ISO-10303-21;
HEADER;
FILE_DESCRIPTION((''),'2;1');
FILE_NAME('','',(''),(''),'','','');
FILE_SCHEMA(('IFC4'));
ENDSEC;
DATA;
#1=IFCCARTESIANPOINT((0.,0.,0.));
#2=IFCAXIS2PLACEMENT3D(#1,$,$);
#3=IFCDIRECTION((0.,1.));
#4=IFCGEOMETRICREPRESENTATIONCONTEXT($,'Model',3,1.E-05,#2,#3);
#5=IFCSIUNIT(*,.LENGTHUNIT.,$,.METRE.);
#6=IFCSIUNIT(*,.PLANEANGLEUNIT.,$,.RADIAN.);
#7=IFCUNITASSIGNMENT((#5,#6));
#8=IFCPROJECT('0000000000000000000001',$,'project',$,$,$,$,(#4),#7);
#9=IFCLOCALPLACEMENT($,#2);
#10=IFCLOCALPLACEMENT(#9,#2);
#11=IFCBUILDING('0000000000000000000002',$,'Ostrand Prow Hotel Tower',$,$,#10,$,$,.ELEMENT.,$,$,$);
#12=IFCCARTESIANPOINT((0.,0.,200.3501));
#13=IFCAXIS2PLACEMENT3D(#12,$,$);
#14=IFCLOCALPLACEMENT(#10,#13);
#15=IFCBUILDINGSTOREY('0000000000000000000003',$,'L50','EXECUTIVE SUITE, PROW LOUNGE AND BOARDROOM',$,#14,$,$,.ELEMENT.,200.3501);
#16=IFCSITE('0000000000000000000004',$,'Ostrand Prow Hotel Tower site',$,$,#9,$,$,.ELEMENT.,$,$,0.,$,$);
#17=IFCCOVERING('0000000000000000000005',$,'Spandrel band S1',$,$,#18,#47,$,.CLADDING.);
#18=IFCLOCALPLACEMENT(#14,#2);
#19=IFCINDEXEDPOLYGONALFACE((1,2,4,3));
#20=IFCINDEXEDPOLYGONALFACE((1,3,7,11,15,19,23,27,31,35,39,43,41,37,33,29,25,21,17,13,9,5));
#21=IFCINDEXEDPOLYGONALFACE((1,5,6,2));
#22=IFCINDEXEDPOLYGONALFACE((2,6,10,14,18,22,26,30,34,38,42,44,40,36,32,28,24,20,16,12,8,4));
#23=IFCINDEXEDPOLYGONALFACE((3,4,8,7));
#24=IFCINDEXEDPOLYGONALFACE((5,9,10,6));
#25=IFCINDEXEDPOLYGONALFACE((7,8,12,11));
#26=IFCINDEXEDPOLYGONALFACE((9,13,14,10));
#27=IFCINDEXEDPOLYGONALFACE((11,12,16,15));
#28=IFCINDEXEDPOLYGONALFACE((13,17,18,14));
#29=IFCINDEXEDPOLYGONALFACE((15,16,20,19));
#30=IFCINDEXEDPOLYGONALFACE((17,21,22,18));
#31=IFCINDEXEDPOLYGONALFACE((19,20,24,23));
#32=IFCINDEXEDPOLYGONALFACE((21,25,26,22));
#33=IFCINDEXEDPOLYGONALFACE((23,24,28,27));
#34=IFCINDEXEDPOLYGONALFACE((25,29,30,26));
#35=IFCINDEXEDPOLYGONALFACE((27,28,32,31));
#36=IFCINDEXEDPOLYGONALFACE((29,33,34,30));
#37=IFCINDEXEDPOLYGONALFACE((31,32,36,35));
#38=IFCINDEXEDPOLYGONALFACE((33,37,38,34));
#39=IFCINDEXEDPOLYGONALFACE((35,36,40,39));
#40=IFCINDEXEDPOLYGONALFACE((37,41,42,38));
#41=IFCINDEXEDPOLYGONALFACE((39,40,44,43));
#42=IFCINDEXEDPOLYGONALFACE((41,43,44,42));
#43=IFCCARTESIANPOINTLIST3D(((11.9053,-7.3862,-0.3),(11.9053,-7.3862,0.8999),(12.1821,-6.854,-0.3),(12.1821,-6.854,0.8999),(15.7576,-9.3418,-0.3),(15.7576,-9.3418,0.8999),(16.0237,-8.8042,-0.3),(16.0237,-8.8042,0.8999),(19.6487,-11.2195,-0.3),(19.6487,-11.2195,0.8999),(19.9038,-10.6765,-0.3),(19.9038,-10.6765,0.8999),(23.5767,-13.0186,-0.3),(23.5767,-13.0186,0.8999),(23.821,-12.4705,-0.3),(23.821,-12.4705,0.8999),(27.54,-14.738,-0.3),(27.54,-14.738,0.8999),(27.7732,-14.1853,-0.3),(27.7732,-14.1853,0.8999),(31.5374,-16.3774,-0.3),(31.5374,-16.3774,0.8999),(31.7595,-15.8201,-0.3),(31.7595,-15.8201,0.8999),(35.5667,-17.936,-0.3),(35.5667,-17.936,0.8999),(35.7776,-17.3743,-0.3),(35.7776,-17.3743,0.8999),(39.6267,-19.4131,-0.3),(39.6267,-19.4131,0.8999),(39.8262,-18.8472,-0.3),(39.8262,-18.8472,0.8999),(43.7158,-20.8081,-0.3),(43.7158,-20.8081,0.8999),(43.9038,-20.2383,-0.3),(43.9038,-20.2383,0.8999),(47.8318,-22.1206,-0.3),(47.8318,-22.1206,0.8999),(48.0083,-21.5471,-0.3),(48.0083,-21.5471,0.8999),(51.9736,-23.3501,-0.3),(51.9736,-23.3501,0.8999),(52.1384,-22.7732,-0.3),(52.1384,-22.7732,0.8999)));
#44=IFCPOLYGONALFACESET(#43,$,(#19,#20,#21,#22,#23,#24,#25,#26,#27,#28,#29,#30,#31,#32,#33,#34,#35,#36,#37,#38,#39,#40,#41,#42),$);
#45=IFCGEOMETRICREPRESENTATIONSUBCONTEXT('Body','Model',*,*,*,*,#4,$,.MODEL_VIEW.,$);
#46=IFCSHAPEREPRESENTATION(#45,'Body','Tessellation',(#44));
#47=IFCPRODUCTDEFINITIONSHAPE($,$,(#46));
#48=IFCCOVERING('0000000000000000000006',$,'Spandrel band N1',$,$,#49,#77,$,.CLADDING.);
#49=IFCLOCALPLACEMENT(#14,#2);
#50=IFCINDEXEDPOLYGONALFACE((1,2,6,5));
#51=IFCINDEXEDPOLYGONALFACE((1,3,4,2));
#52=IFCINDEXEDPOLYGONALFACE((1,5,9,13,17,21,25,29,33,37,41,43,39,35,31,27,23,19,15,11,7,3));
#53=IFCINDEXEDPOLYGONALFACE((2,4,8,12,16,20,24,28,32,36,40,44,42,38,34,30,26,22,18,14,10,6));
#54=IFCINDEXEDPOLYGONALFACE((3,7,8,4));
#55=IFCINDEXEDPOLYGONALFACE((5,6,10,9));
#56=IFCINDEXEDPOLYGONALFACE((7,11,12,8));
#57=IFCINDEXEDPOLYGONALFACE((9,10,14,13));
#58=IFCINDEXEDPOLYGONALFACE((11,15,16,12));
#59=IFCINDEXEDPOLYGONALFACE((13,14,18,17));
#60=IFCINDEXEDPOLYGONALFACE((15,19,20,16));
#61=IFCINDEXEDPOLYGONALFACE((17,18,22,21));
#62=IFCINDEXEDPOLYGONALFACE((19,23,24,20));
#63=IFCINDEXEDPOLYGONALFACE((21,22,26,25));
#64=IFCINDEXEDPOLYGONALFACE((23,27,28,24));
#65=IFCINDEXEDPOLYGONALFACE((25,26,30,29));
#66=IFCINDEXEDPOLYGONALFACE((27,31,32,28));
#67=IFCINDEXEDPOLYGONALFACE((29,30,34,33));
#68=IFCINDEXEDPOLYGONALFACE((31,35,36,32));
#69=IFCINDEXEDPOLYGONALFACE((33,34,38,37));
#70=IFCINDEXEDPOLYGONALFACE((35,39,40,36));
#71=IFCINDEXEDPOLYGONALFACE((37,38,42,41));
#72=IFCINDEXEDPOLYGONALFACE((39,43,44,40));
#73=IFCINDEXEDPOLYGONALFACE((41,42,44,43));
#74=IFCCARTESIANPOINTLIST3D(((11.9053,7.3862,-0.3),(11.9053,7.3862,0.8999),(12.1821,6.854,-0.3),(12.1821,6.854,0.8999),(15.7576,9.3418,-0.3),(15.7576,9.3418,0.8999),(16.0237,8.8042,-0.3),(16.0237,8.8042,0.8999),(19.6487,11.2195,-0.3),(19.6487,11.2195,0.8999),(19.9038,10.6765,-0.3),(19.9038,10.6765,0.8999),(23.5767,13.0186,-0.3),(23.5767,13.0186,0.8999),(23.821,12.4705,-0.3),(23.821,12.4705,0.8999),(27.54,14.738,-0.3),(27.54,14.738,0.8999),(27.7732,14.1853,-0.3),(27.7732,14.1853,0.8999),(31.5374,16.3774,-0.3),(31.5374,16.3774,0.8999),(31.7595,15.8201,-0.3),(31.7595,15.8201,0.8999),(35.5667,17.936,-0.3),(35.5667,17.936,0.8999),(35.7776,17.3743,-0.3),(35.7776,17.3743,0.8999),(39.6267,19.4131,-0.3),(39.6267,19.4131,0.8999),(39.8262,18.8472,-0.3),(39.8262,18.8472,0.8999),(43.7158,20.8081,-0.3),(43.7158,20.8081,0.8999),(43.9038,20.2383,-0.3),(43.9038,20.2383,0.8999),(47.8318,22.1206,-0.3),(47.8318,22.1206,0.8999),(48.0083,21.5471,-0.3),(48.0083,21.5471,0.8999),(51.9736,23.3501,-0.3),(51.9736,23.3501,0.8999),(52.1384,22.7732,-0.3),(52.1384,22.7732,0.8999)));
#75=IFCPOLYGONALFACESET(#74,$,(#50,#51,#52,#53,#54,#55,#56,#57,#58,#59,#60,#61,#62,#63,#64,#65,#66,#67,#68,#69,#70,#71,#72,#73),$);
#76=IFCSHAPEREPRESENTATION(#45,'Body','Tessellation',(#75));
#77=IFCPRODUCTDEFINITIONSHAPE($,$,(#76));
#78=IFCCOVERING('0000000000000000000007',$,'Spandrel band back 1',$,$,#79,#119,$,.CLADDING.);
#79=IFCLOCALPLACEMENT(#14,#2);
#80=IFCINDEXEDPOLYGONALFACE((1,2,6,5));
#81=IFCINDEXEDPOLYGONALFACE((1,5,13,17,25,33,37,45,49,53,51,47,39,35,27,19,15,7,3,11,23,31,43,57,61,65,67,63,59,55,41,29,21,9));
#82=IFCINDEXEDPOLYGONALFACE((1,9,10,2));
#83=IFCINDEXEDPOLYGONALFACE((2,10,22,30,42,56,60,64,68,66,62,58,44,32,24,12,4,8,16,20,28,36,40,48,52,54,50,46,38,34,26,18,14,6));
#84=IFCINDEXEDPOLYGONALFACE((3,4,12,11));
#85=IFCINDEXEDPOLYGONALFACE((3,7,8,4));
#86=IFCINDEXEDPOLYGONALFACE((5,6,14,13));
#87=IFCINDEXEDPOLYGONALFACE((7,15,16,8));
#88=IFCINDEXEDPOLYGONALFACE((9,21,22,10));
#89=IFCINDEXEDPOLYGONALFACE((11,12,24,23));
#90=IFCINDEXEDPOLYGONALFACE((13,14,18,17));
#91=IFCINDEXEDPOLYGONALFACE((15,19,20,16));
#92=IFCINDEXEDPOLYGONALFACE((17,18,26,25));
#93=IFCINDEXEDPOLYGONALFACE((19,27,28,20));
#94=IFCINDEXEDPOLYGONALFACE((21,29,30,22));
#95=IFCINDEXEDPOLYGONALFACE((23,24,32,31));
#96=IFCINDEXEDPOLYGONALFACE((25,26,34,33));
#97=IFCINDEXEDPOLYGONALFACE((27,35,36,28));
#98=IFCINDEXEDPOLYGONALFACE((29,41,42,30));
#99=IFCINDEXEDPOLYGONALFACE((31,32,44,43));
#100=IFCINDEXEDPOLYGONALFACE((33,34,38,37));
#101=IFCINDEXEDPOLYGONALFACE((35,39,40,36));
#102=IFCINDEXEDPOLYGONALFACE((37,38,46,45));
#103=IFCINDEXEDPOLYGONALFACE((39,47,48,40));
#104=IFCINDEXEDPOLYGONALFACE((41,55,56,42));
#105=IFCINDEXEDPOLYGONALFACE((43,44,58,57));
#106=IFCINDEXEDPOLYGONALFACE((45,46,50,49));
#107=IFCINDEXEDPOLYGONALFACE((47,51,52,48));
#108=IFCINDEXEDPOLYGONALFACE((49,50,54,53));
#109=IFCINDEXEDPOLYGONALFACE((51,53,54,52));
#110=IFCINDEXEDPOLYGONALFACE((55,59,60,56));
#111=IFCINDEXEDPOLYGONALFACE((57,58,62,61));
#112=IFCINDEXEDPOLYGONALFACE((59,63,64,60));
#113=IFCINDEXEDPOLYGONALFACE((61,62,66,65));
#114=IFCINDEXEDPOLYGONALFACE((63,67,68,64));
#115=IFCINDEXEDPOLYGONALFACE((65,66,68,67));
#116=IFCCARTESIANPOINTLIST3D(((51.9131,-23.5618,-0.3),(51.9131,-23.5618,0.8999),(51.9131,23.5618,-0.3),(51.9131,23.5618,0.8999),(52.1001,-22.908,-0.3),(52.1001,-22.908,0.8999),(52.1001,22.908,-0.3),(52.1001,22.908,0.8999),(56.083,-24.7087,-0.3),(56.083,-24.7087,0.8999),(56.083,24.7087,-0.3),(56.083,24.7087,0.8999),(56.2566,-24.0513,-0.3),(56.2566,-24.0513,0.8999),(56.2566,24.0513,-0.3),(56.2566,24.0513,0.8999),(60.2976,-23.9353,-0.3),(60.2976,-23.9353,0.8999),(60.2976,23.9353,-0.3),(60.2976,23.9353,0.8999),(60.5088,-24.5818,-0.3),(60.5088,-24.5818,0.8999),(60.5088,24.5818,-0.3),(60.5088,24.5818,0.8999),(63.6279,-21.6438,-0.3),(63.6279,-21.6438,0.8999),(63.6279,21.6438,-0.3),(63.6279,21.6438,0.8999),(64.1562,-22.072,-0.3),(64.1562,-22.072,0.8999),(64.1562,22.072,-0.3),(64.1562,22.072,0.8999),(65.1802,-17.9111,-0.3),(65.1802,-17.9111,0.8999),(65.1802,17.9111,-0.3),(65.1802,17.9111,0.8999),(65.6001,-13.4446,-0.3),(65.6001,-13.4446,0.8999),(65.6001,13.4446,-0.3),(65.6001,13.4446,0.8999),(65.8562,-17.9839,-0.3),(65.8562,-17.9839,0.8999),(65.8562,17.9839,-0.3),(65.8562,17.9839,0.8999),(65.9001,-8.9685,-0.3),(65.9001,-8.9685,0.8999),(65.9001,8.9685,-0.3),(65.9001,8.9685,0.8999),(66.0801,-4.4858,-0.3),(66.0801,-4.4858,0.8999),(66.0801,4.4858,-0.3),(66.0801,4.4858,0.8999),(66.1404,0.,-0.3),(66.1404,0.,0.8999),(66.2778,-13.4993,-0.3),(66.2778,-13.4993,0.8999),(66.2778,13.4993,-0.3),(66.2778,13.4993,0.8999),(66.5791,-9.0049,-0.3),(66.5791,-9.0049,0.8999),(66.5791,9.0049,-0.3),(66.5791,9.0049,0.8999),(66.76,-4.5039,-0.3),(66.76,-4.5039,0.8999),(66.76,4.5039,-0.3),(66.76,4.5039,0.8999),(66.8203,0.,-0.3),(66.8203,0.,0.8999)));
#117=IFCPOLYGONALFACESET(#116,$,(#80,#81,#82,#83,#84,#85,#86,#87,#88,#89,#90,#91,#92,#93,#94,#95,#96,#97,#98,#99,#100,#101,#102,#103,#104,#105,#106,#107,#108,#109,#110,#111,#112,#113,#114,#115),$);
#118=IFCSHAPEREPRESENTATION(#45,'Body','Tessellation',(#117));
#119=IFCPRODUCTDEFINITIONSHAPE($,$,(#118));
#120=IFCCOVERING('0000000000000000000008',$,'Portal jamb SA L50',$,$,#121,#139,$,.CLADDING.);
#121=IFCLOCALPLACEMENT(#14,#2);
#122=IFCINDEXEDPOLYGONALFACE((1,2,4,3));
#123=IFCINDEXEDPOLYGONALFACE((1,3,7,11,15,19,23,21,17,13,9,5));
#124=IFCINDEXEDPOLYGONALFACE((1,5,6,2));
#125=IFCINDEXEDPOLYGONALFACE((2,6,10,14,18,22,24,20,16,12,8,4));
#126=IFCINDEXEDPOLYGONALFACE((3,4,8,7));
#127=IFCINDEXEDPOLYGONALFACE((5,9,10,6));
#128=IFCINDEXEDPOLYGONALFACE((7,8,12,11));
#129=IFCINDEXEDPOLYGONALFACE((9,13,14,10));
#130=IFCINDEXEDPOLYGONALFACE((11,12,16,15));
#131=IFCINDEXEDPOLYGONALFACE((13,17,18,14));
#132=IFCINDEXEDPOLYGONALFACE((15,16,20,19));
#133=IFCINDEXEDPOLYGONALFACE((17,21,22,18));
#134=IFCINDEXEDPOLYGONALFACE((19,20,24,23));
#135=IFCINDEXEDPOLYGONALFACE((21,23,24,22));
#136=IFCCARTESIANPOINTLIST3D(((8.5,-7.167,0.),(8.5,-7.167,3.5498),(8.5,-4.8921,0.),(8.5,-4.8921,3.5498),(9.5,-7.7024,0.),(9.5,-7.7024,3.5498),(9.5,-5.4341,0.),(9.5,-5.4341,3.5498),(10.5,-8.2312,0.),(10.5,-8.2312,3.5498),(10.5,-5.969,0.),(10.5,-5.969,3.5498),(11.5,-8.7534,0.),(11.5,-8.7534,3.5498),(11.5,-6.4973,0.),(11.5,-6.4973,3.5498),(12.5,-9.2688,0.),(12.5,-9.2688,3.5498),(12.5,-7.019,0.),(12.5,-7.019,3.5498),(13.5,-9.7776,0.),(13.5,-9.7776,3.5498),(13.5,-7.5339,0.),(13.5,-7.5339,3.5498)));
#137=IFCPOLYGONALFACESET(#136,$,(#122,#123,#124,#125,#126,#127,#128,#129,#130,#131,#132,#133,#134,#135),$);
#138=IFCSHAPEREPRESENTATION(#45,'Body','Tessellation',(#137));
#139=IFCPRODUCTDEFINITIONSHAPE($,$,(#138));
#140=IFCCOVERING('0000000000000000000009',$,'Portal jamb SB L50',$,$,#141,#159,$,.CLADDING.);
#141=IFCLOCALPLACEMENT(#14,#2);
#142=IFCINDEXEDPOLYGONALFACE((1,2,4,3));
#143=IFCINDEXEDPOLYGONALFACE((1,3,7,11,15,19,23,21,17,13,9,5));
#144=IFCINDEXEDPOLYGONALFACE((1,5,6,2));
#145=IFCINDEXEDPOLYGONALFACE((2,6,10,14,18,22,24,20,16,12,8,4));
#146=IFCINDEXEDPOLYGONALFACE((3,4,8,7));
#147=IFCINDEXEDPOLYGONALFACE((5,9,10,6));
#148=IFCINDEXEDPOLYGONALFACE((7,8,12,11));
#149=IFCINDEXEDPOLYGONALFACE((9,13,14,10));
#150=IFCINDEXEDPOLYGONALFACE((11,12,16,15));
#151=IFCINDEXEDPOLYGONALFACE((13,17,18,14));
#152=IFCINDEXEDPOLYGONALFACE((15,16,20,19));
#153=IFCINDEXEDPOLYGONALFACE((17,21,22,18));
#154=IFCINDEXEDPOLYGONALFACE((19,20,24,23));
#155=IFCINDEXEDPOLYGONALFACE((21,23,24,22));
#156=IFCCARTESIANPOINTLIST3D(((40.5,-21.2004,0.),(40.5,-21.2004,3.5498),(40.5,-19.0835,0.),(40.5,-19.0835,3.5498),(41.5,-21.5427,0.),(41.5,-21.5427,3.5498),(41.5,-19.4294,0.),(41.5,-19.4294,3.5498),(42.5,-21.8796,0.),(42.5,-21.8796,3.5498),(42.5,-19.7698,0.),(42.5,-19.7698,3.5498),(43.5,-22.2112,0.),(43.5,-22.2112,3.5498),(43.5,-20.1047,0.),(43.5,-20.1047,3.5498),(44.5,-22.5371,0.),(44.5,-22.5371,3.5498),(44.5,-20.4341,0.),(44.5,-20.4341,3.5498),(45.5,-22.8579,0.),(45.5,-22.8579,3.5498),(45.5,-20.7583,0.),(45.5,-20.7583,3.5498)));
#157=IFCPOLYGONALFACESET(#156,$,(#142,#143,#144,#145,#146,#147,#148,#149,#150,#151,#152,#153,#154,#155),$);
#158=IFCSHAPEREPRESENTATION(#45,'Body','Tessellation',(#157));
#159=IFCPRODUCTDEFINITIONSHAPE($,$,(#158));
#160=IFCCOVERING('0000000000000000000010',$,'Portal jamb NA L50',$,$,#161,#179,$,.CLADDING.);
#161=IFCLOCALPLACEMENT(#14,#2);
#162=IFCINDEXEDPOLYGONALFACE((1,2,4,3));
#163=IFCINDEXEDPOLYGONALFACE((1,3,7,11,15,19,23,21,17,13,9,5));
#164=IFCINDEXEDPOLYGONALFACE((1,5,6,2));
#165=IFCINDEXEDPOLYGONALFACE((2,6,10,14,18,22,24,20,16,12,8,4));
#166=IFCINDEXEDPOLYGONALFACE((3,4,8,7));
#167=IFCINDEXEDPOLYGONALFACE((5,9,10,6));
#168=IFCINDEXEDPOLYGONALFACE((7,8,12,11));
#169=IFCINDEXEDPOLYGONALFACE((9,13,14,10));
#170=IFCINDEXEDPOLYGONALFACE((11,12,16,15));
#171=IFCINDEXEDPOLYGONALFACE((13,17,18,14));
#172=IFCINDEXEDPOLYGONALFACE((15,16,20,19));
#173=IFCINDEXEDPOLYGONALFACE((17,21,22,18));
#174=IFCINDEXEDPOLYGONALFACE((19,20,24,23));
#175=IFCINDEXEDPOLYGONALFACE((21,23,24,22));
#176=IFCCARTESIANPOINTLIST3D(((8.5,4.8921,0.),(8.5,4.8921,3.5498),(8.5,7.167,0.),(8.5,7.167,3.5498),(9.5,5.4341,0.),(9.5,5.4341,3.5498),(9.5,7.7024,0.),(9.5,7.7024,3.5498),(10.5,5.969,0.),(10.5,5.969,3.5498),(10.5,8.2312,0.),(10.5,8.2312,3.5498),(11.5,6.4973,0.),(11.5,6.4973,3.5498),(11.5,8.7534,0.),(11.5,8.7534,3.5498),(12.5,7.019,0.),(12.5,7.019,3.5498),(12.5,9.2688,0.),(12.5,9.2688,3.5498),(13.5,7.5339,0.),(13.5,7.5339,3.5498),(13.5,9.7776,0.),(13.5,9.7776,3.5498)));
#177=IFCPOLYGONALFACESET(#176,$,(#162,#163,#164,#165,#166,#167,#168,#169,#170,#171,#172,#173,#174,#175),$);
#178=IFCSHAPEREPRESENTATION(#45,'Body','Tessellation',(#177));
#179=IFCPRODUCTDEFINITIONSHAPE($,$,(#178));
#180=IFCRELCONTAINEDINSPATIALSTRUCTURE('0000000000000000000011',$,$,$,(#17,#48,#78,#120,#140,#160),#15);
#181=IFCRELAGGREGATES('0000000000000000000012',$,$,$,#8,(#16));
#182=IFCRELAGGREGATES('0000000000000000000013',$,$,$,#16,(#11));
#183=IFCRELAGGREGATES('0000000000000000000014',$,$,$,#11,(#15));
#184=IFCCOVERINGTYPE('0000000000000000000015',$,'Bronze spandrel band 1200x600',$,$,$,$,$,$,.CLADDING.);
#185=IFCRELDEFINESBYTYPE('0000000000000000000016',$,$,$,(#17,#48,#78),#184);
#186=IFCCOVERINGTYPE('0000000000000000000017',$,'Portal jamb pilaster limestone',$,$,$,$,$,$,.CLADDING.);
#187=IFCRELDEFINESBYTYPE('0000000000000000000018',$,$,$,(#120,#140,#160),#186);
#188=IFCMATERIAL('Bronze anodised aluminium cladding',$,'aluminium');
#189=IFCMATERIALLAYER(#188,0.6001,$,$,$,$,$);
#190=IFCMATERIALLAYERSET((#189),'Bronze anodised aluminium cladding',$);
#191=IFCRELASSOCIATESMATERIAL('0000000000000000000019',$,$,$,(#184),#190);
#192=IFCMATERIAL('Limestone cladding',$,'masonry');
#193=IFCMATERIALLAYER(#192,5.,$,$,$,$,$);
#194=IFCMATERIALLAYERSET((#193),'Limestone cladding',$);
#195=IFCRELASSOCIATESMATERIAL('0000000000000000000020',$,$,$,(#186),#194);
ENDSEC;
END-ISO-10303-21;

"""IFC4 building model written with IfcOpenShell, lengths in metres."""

from ifc_helpers import new_model, si_unit, direction, frame, origin, place, context, subcontext, project, spatial, polyline, outline, extrude, material, layer, layer_set, type_object, element, save


model = new_model("IFC4")

# Units and contexts
model_context = context("Model", 3, precision=1e-05, world=origin(), true_north=direction((0.0, 1.0)))
body_context = subcontext(model_context, "Body", "Model", "MODEL_VIEW")
ifc_project = project(units=[si_unit("LENGTHUNIT", "METRE"), si_unit("PLANEANGLEUNIT", "RADIAN")], contexts=[model_context])

# Site, building, storey
site_placement = place(None, origin())
site = spatial("IfcSite", under=ifc_project, at=site_placement, Name="Ostrand Prow Hotel Tower site", CompositionType="ELEMENT", RefElevation=0.0)
building_placement = place(site_placement, origin())
building = spatial("IfcBuilding", under=site, at=building_placement, Name="Ostrand Prow Hotel Tower", CompositionType="ELEMENT")
storey_placement = place(building_placement, frame((0.0, 0.0, 200.3501)))
storey = spatial("IfcBuildingStorey", under=building, at=storey_placement, Name="L50", Description="EXECUTIVE SUITE, PROW LOUNGE AND BOARDROOM", CompositionType="ELEMENT", Elevation=200.3501)

# Coverings
ifc_material_1 = material(Name="Bronze anodised aluminium cladding", Category="aluminium")
ifc_layer_1 = layer(ifc_material_1, 0.6001)
ifc_layer_set_1 = layer_set([ifc_layer_1], Name="Bronze anodised aluminium cladding")
covering_type_1 = type_object("IfcCoveringType", Name="Bronze spandrel band 1200x600", PredefinedType="CLADDING", material=ifc_layer_set_1)
covering_1_placement = place(storey_placement, frame((0.0, 0.0, -0.3)))
element("IfcCovering", 1, at=covering_1_placement, inside=storey, type_object=covering_type_1, Name="Spandrel band S1", PredefinedType="CLADDING", context=body_context, shape_type="SweptSolid", body=[
    extrude(outline(polyline([(11.9053, -7.3862), (15.7576, -9.3418), (19.6487, -11.2195), (23.5767, -13.0186), (27.54, -14.738), (31.5374, -16.3774), (35.5667, -17.936), (39.6267, -19.4131), (43.7158, -20.8081), (47.8318, -22.1206), (51.9736, -23.3501), (52.1384, -22.7732), (48.0083, -21.5471), (43.9038, -20.2383), (39.8262, -18.8472), (35.7776, -17.3743), (31.7595, -15.8201), (27.7732, -14.1853), (23.821, -12.4705), (19.9038, -10.6765), (16.0237, -8.8042), (12.1821, -6.854), (11.9053, -7.3862)])), origin(), (0.0, 0.0, 1.0), 1.2),
])
covering_2_placement = place(storey_placement, frame((0.0, 0.0, -0.3)))
element("IfcCovering", 2, at=covering_2_placement, inside=storey, type_object=covering_type_1, Name="Spandrel band N1", PredefinedType="CLADDING", context=body_context, shape_type="SweptSolid", body=[
    extrude(outline(polyline([(51.9736, 23.3501), (47.8318, 22.1206), (43.7158, 20.8081), (39.6267, 19.4131), (35.5667, 17.936), (31.5374, 16.3774), (27.54, 14.738), (23.5767, 13.0186), (19.6487, 11.2195), (15.7576, 9.3418), (11.9053, 7.3862), (12.1821, 6.854), (16.0237, 8.8042), (19.9038, 10.6765), (23.821, 12.4705), (27.7732, 14.1853), (31.7595, 15.8201), (35.7776, 17.3743), (39.8262, 18.8472), (43.9038, 20.2383), (48.0083, 21.5471), (52.1384, 22.7732), (51.9736, 23.3501)])), origin(), (0.0, 0.0, 1.0), 1.2),
])
covering_3_placement = place(storey_placement, frame((0.0, 0.0, -0.3)))
element("IfcCovering", 3, at=covering_3_placement, inside=storey, type_object=covering_type_1, Name="Spandrel band back 1", PredefinedType="CLADDING", context=body_context, shape_type="SweptSolid", body=[
    extrude(outline(polyline([(51.9131, -23.5618), (56.083, -24.7087), (60.5088, -24.5818), (64.1562, -22.072), (65.8562, -17.9839), (66.2778, -13.4993), (66.5791, -9.0049), (66.76, -4.5039), (66.8203, 0.0), (66.76, 4.5039), (66.5791, 9.0049), (66.2778, 13.4993), (65.8562, 17.9839), (64.1562, 22.072), (60.5088, 24.5818), (56.083, 24.7087), (51.9131, 23.5618), (52.1001, 22.908), (56.2566, 24.0513), (60.2976, 23.9353), (63.6279, 21.6438), (65.1802, 17.9111), (65.6001, 13.4446), (65.9001, 8.9685), (66.0801, 4.4858), (66.1404, 0.0), (66.0801, -4.4858), (65.9001, -8.9685), (65.6001, -13.4446), (65.1802, -17.9111), (63.6279, -21.6438), (60.2976, -23.9353), (56.2566, -24.0513), (52.1001, -22.908), (51.9131, -23.5618)])), origin(), (0.0, 0.0, 1.0), 1.2),
])
ifc_material_2 = material(Name="Limestone cladding", Category="masonry")
ifc_layer_2 = layer(ifc_material_2, 5.0)
ifc_layer_set_2 = layer_set([ifc_layer_2], Name="Limestone cladding")
covering_type_2 = type_object("IfcCoveringType", Name="Portal jamb pilaster limestone", PredefinedType="CLADDING", material=ifc_layer_set_2)
covering_4_placement = place(storey_placement, origin())
element("IfcCovering", 4, at=covering_4_placement, inside=storey, type_object=covering_type_2, Name="Portal jamb SA L50", PredefinedType="CLADDING", context=body_context, shape_type="SweptSolid", body=[
    extrude(outline(polyline([(8.5, -4.8921), (8.5, -7.167), (9.5, -7.7024), (10.5, -8.2312), (11.5, -8.7534), (12.5, -9.2688), (13.5, -9.7776), (13.5, -7.5339), (12.5, -7.019), (11.5, -6.4973), (10.5, -5.969), (9.5, -5.4341), (8.5, -4.8921)])), origin(), (0.0, 0.0, 1.0), 3.5498),
])
covering_5_placement = place(storey_placement, origin())
element("IfcCovering", 5, at=covering_5_placement, inside=storey, type_object=covering_type_2, Name="Portal jamb SB L50", PredefinedType="CLADDING", context=body_context, shape_type="SweptSolid", body=[
    extrude(outline(polyline([(40.5, -19.0835), (40.5, -21.2004), (41.5, -21.5427), (42.5, -21.8796), (43.5, -22.2112), (44.5, -22.5371), (45.5, -22.8579), (45.5, -20.7583), (44.5, -20.4341), (43.5, -20.1047), (42.5, -19.7698), (41.5, -19.4294), (40.5, -19.0835)])), origin(), (0.0, 0.0, 1.0), 3.5498),
])
covering_6_placement = place(storey_placement, origin())
element("IfcCovering", 6, at=covering_6_placement, inside=storey, type_object=covering_type_2, Name="Portal jamb NA L50", PredefinedType="CLADDING", context=body_context, shape_type="SweptSolid", body=[
    extrude(outline(polyline([(8.5, 4.8921), (9.5, 5.4341), (10.5, 5.969), (11.5, 6.4973), (12.5, 7.019), (13.5, 7.5339), (13.5, 9.7776), (12.5, 9.2688), (11.5, 8.7534), (10.5, 8.2312), (9.5, 7.7024), (8.5, 7.167), (8.5, 4.8921)])), origin(), (0.0, 0.0, 1.0), 3.5498),
])

save(model, "model.ifc")
